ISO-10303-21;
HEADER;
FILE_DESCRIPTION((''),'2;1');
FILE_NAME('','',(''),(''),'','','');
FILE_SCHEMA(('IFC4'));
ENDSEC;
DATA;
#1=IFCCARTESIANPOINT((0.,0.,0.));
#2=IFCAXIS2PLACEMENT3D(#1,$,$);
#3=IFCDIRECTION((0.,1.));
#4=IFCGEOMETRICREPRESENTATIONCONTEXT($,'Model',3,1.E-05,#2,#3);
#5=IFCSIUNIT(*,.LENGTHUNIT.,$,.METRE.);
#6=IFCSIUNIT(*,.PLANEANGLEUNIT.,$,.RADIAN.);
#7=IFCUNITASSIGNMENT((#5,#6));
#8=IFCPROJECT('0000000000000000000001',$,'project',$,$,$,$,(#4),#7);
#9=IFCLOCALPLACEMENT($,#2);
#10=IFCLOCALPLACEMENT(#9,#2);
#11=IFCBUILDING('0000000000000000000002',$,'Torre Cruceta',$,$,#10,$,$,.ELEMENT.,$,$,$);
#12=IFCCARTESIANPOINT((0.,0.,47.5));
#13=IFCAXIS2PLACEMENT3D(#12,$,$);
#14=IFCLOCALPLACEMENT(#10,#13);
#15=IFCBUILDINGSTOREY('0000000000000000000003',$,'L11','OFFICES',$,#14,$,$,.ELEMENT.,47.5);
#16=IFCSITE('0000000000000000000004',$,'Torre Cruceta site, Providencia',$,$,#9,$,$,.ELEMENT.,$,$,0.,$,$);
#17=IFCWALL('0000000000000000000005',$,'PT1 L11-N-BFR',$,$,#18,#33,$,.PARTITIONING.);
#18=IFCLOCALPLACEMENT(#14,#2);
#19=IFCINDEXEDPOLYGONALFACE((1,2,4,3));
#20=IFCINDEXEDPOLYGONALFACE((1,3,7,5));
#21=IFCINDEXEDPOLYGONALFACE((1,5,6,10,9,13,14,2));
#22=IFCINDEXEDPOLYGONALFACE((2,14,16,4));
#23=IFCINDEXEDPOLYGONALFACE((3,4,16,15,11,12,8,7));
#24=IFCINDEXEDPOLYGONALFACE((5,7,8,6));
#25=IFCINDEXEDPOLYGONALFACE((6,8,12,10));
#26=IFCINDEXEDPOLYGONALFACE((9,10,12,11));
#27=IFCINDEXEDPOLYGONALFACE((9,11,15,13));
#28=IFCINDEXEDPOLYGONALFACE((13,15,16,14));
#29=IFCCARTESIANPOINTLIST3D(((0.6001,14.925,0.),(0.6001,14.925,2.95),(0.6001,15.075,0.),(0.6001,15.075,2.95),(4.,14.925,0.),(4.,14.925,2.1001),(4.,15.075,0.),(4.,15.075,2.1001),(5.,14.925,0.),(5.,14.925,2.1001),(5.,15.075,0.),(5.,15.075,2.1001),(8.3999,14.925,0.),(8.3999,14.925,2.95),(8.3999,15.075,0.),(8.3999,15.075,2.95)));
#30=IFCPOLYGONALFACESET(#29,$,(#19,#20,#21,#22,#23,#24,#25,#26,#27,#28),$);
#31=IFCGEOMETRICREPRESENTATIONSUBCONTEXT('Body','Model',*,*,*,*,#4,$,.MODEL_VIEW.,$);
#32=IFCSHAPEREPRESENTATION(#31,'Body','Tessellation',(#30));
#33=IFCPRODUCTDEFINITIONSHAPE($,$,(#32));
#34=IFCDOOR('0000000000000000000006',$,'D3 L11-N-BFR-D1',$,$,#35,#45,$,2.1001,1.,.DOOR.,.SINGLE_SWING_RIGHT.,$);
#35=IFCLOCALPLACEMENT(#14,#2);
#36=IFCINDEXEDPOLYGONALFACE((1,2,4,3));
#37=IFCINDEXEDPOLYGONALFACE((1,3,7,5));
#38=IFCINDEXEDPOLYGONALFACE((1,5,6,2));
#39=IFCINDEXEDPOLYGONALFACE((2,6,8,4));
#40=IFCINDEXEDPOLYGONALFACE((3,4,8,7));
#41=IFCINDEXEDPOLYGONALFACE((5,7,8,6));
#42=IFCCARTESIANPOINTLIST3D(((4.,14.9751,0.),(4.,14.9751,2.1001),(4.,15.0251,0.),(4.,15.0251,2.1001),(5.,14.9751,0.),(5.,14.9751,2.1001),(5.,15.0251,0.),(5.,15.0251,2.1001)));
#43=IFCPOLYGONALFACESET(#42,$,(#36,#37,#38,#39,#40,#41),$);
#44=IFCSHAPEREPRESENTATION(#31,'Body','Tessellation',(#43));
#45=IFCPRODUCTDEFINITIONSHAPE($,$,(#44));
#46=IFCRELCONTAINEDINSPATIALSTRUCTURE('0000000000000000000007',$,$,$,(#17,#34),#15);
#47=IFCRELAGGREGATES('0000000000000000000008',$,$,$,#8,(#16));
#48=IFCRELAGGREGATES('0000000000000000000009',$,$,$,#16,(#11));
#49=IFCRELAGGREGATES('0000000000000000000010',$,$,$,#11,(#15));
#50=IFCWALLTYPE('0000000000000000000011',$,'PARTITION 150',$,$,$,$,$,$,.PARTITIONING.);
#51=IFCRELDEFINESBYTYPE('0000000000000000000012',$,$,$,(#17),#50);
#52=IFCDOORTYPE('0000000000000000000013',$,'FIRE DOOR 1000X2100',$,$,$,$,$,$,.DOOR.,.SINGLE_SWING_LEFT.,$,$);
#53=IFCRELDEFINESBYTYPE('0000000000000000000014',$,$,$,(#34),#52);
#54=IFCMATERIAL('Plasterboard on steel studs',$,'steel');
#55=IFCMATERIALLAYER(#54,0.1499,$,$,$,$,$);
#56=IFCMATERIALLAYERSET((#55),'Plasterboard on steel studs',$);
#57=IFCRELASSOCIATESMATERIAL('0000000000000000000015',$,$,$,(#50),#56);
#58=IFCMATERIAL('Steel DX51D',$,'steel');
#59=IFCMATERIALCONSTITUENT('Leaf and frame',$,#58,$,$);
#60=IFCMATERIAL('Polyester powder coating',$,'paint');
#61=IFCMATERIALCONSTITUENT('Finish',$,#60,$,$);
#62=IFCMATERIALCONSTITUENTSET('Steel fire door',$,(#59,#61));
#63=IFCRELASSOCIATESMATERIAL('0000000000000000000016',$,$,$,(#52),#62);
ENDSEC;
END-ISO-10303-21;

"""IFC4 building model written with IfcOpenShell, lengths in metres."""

from ifc_helpers import new_model, si_unit, direction, frame, frame_2d, origin, place, context, subcontext, project, spatial, rectangle, extrude, material, layer, layer_set, constituent, constituent_set, type_object, element, fill, save


model = new_model("IFC4")

# Units and contexts
model_context = context("Model", 3, precision=1e-05, world=origin(), true_north=direction((0.0, 1.0)))
body_context = subcontext(model_context, "Body", "Model", "MODEL_VIEW")
ifc_project = project(units=[si_unit("LENGTHUNIT", "METRE"), si_unit("PLANEANGLEUNIT", "RADIAN")], contexts=[model_context])

# Site, building, storey
site_placement = place(None, origin())
site = spatial("IfcSite", under=ifc_project, at=site_placement, Name="Torre Cruceta site, Providencia", CompositionType="ELEMENT", RefElevation=0.0)
building_placement = place(site_placement, origin())
building = spatial("IfcBuilding", under=site, at=building_placement, Name="Torre Cruceta", CompositionType="ELEMENT")
storey_placement = place(building_placement, frame((0.0, 0.0, 47.5)))
storey = spatial("IfcBuildingStorey", under=building, at=storey_placement, Name="L11", Description="OFFICES", CompositionType="ELEMENT", Elevation=47.5)

# Wall, opening, door
ifc_material_1 = material(Name="Plasterboard on steel studs", Category="steel")
ifc_layer_1 = layer(ifc_material_1, 0.1499)
ifc_layer_set_1 = layer_set([ifc_layer_1], Name="Plasterboard on steel studs")
wall_type_1 = type_object("IfcWallType", Name="PARTITION 150", PredefinedType="PARTITIONING", material=ifc_layer_set_1)
wall_1_placement = place(storey_placement, frame((8.3999, 15.0, 0.0), z_axis=(0.0, 0.0, 1.0), x_axis=(-1.0, 0.0, 0.0)))
wall_1 = element("IfcWall", 1, at=wall_1_placement, inside=storey, type_object=wall_type_1, Name="PT1 L11-N-BFR", PredefinedType="PARTITIONING", context=body_context, shape_type="SweptSolid", body=[
    extrude(rectangle(XDim=7.7998, YDim=0.1499, at=frame_2d((3.8999, 0.0))), origin(), (0.0, 0.0, 1.0), 2.95),
])
opening_1_placement = place(wall_1_placement, frame((3.3999, 0.0, 0.0)))
opening_1 = element("IfcOpeningElement", 2, at=opening_1_placement, cuts=wall_1, PredefinedType="OPENING", context=body_context, shape_type="SweptSolid", body=[
    extrude(rectangle(XDim=1.0, YDim=2.1001, at=frame_2d((0.5, 1.05))), frame((0.0, 0.085, 0.0), z_axis=(0.0, -1.0, 0.0), x_axis=(1.0, 0.0, 0.0)), (0.0, 0.0, 1.0), 0.1699),
])
ifc_material_2 = material(Name="Steel DX51D", Category="steel")
ifc_constituent_1 = constituent(ifc_material_2, Name="Leaf and frame")
ifc_material_3 = material(Name="Polyester powder coating", Category="paint")
ifc_constituent_2 = constituent(ifc_material_3, Name="Finish")
ifc_constituent_set_1 = constituent_set(constituents=[ifc_constituent_1, ifc_constituent_2], Name="Steel fire door")
door_type_1 = type_object("IfcDoorType", Name="FIRE DOOR 1000X2100", OperationType="SINGLE_SWING_LEFT", PredefinedType="DOOR", material=ifc_constituent_set_1)
door_1_placement = place(opening_1_placement, origin())
door_1 = element("IfcDoor", 3, at=door_1_placement, inside=storey, type_object=door_type_1, Name="D3 L11-N-BFR-D1", OperationType="SINGLE_SWING_RIGHT", OverallHeight=2.1001, OverallWidth=1.0, PredefinedType="DOOR", context=body_context, shape_type="SweptSolid", body=[
    extrude(rectangle(XDim=1.0, YDim=2.1001, at=frame_2d((0.5, 1.05))), frame((0.0, 0.0249, 0.0), z_axis=(0.0, -1.0, 0.0), x_axis=(1.0, 0.0, 0.0)), (0.0, 0.0, 1.0), 0.05),
])
fill(opening_1, door_1)

save(model, "model.ifc")
